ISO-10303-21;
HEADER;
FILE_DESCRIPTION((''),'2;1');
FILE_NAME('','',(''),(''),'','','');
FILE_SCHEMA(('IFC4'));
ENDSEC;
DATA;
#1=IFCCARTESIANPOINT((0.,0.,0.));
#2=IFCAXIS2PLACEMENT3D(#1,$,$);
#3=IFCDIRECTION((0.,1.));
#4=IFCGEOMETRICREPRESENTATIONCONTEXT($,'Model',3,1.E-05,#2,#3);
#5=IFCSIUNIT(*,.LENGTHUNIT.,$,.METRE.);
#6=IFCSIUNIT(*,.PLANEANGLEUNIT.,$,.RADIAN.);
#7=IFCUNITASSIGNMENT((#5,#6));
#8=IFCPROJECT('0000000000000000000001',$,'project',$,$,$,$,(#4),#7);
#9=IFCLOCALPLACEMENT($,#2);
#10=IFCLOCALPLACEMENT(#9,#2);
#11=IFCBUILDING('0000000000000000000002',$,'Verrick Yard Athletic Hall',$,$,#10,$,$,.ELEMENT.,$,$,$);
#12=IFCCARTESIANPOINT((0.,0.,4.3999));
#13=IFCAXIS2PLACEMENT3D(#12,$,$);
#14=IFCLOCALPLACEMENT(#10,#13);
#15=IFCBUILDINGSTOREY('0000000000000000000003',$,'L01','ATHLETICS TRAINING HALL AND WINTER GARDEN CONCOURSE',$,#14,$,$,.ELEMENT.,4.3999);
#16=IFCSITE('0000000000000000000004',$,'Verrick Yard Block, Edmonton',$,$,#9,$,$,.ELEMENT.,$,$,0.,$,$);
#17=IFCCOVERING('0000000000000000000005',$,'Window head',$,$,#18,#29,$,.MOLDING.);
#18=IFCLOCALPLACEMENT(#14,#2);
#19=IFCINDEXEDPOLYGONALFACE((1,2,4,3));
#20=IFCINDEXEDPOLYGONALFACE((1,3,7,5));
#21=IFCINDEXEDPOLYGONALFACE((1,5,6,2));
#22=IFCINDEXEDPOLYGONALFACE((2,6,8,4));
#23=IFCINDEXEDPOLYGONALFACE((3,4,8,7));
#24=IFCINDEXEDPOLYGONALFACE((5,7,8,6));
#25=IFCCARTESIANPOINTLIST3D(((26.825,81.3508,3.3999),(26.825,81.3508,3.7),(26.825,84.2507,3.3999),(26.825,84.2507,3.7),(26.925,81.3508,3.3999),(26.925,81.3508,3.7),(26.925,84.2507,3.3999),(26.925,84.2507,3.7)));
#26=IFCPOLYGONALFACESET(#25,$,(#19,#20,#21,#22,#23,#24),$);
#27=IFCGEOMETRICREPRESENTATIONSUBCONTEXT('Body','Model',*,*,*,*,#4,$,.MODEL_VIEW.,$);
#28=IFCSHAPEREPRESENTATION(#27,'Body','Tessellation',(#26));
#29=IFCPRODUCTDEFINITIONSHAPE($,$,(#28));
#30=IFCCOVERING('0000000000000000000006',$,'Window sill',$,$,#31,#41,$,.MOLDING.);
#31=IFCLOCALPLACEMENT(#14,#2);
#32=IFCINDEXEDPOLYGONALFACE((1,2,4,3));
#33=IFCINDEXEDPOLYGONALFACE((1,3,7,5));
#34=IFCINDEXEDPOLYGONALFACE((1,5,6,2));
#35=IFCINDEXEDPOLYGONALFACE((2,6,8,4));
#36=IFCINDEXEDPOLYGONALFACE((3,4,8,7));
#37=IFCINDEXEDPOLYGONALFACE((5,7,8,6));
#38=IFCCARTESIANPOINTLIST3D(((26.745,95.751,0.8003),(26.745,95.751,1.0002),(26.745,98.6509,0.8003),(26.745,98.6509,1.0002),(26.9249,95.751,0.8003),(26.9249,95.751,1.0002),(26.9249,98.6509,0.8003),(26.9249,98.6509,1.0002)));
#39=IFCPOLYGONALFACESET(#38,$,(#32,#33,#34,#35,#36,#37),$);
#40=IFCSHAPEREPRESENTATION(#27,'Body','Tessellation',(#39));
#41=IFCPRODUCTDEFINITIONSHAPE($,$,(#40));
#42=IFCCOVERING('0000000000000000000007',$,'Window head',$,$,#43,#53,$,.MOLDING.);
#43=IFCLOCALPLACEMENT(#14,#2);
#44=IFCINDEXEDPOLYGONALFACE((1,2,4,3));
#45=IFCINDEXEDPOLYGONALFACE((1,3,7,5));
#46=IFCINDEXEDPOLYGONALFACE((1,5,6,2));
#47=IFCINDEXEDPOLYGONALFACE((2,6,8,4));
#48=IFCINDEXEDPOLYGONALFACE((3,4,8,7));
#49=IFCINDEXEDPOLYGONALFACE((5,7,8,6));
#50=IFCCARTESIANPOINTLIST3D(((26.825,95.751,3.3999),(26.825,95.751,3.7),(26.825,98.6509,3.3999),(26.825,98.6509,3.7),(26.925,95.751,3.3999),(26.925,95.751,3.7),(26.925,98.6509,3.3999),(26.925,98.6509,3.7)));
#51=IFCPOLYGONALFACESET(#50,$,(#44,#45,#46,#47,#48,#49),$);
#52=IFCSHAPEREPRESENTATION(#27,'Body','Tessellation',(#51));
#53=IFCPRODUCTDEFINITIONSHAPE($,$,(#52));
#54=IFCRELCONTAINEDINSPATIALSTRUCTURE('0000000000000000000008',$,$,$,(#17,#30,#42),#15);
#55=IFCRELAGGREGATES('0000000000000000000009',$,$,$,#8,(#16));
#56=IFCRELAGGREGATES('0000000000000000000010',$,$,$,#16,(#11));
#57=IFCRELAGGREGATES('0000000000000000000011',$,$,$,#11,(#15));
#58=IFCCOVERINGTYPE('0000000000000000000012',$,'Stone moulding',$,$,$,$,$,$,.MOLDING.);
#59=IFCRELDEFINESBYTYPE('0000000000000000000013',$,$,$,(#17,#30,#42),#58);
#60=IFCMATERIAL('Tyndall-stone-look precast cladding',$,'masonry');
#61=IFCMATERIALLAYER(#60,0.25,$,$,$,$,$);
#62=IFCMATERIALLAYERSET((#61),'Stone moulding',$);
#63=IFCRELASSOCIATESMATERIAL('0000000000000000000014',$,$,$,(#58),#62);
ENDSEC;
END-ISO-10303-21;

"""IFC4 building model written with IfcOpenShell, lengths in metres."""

from ifc_helpers import new_model, si_unit, direction, frame, origin, origin_2d, place, context, subcontext, project, spatial, rectangle, extrude, material, layer, layer_set, type_object, element, save


model = new_model("IFC4")

# Units and contexts
model_context = context("Model", 3, precision=1e-05, world=origin(), true_north=direction((0.0, 1.0)))
body_context = subcontext(model_context, "Body", "Model", "MODEL_VIEW")
ifc_project = project(units=[si_unit("LENGTHUNIT", "METRE"), si_unit("PLANEANGLEUNIT", "RADIAN")], contexts=[model_context])

# Site, building, storey
site_placement = place(None, origin())
site = spatial("IfcSite", under=ifc_project, at=site_placement, Name="Verrick Yard Block, Edmonton", CompositionType="ELEMENT", RefElevation=0.0)
building_placement = place(site_placement, origin())
building = spatial("IfcBuilding", under=site, at=building_placement, Name="Verrick Yard Athletic Hall", CompositionType="ELEMENT")
storey_placement = place(building_placement, frame((0.0, 0.0, 4.3999)))
storey = spatial("IfcBuildingStorey", under=building, at=storey_placement, Name="L01", Description="ATHLETICS TRAINING HALL AND WINTER GARDEN CONCOURSE", CompositionType="ELEMENT", Elevation=4.3999)

# Coverings
ifc_material_1 = material(Name="Tyndall-stone-look precast cladding", Category="masonry")
ifc_layer_1 = layer(ifc_material_1, 0.25)
ifc_layer_set_1 = layer_set([ifc_layer_1], Name="Stone moulding")
covering_type_1 = type_object("IfcCoveringType", Name="Stone moulding", PredefinedType="MOLDING", material=ifc_layer_set_1)
covering_1_placement = place(storey_placement, frame((26.875, 82.8008, 3.3999), z_axis=(0.0, 0.0, 1.0), x_axis=(0.0, 1.0, 0.0)))
element("IfcCovering", 1, at=covering_1_placement, inside=storey, type_object=covering_type_1, Name="Window head", PredefinedType="MOLDING", context=body_context, shape_type="SweptSolid", body=[
    extrude(rectangle(XDim=2.8999, YDim=0.1001, at=origin_2d()), origin(), (0.0, 0.0, 1.0), 0.3),
])
covering_2_placement = place(storey_placement, frame((26.835, 97.2009, 0.8003), z_axis=(0.0, 0.0, 1.0), x_axis=(0.0, 1.0, 0.0)))
element("IfcCovering", 2, at=covering_2_placement, inside=storey, type_object=covering_type_1, Name="Window sill", PredefinedType="MOLDING", context=body_context, shape_type="SweptSolid", body=[
    extrude(rectangle(XDim=2.8999, YDim=0.1799, at=origin_2d()), origin(), (0.0, 0.0, 1.0), 0.2),
])
covering_3_placement = place(storey_placement, frame((26.875, 97.2009, 3.3999), z_axis=(0.0, 0.0, 1.0), x_axis=(0.0, 1.0, 0.0)))
element("IfcCovering", 3, at=covering_3_placement, inside=storey, type_object=covering_type_1, Name="Window head", PredefinedType="MOLDING", context=body_context, shape_type="SweptSolid", body=[
    extrude(rectangle(XDim=2.8999, YDim=0.1001, at=origin_2d()), origin(), (0.0, 0.0, 1.0), 0.3),
])

save(model, "model.ifc")
